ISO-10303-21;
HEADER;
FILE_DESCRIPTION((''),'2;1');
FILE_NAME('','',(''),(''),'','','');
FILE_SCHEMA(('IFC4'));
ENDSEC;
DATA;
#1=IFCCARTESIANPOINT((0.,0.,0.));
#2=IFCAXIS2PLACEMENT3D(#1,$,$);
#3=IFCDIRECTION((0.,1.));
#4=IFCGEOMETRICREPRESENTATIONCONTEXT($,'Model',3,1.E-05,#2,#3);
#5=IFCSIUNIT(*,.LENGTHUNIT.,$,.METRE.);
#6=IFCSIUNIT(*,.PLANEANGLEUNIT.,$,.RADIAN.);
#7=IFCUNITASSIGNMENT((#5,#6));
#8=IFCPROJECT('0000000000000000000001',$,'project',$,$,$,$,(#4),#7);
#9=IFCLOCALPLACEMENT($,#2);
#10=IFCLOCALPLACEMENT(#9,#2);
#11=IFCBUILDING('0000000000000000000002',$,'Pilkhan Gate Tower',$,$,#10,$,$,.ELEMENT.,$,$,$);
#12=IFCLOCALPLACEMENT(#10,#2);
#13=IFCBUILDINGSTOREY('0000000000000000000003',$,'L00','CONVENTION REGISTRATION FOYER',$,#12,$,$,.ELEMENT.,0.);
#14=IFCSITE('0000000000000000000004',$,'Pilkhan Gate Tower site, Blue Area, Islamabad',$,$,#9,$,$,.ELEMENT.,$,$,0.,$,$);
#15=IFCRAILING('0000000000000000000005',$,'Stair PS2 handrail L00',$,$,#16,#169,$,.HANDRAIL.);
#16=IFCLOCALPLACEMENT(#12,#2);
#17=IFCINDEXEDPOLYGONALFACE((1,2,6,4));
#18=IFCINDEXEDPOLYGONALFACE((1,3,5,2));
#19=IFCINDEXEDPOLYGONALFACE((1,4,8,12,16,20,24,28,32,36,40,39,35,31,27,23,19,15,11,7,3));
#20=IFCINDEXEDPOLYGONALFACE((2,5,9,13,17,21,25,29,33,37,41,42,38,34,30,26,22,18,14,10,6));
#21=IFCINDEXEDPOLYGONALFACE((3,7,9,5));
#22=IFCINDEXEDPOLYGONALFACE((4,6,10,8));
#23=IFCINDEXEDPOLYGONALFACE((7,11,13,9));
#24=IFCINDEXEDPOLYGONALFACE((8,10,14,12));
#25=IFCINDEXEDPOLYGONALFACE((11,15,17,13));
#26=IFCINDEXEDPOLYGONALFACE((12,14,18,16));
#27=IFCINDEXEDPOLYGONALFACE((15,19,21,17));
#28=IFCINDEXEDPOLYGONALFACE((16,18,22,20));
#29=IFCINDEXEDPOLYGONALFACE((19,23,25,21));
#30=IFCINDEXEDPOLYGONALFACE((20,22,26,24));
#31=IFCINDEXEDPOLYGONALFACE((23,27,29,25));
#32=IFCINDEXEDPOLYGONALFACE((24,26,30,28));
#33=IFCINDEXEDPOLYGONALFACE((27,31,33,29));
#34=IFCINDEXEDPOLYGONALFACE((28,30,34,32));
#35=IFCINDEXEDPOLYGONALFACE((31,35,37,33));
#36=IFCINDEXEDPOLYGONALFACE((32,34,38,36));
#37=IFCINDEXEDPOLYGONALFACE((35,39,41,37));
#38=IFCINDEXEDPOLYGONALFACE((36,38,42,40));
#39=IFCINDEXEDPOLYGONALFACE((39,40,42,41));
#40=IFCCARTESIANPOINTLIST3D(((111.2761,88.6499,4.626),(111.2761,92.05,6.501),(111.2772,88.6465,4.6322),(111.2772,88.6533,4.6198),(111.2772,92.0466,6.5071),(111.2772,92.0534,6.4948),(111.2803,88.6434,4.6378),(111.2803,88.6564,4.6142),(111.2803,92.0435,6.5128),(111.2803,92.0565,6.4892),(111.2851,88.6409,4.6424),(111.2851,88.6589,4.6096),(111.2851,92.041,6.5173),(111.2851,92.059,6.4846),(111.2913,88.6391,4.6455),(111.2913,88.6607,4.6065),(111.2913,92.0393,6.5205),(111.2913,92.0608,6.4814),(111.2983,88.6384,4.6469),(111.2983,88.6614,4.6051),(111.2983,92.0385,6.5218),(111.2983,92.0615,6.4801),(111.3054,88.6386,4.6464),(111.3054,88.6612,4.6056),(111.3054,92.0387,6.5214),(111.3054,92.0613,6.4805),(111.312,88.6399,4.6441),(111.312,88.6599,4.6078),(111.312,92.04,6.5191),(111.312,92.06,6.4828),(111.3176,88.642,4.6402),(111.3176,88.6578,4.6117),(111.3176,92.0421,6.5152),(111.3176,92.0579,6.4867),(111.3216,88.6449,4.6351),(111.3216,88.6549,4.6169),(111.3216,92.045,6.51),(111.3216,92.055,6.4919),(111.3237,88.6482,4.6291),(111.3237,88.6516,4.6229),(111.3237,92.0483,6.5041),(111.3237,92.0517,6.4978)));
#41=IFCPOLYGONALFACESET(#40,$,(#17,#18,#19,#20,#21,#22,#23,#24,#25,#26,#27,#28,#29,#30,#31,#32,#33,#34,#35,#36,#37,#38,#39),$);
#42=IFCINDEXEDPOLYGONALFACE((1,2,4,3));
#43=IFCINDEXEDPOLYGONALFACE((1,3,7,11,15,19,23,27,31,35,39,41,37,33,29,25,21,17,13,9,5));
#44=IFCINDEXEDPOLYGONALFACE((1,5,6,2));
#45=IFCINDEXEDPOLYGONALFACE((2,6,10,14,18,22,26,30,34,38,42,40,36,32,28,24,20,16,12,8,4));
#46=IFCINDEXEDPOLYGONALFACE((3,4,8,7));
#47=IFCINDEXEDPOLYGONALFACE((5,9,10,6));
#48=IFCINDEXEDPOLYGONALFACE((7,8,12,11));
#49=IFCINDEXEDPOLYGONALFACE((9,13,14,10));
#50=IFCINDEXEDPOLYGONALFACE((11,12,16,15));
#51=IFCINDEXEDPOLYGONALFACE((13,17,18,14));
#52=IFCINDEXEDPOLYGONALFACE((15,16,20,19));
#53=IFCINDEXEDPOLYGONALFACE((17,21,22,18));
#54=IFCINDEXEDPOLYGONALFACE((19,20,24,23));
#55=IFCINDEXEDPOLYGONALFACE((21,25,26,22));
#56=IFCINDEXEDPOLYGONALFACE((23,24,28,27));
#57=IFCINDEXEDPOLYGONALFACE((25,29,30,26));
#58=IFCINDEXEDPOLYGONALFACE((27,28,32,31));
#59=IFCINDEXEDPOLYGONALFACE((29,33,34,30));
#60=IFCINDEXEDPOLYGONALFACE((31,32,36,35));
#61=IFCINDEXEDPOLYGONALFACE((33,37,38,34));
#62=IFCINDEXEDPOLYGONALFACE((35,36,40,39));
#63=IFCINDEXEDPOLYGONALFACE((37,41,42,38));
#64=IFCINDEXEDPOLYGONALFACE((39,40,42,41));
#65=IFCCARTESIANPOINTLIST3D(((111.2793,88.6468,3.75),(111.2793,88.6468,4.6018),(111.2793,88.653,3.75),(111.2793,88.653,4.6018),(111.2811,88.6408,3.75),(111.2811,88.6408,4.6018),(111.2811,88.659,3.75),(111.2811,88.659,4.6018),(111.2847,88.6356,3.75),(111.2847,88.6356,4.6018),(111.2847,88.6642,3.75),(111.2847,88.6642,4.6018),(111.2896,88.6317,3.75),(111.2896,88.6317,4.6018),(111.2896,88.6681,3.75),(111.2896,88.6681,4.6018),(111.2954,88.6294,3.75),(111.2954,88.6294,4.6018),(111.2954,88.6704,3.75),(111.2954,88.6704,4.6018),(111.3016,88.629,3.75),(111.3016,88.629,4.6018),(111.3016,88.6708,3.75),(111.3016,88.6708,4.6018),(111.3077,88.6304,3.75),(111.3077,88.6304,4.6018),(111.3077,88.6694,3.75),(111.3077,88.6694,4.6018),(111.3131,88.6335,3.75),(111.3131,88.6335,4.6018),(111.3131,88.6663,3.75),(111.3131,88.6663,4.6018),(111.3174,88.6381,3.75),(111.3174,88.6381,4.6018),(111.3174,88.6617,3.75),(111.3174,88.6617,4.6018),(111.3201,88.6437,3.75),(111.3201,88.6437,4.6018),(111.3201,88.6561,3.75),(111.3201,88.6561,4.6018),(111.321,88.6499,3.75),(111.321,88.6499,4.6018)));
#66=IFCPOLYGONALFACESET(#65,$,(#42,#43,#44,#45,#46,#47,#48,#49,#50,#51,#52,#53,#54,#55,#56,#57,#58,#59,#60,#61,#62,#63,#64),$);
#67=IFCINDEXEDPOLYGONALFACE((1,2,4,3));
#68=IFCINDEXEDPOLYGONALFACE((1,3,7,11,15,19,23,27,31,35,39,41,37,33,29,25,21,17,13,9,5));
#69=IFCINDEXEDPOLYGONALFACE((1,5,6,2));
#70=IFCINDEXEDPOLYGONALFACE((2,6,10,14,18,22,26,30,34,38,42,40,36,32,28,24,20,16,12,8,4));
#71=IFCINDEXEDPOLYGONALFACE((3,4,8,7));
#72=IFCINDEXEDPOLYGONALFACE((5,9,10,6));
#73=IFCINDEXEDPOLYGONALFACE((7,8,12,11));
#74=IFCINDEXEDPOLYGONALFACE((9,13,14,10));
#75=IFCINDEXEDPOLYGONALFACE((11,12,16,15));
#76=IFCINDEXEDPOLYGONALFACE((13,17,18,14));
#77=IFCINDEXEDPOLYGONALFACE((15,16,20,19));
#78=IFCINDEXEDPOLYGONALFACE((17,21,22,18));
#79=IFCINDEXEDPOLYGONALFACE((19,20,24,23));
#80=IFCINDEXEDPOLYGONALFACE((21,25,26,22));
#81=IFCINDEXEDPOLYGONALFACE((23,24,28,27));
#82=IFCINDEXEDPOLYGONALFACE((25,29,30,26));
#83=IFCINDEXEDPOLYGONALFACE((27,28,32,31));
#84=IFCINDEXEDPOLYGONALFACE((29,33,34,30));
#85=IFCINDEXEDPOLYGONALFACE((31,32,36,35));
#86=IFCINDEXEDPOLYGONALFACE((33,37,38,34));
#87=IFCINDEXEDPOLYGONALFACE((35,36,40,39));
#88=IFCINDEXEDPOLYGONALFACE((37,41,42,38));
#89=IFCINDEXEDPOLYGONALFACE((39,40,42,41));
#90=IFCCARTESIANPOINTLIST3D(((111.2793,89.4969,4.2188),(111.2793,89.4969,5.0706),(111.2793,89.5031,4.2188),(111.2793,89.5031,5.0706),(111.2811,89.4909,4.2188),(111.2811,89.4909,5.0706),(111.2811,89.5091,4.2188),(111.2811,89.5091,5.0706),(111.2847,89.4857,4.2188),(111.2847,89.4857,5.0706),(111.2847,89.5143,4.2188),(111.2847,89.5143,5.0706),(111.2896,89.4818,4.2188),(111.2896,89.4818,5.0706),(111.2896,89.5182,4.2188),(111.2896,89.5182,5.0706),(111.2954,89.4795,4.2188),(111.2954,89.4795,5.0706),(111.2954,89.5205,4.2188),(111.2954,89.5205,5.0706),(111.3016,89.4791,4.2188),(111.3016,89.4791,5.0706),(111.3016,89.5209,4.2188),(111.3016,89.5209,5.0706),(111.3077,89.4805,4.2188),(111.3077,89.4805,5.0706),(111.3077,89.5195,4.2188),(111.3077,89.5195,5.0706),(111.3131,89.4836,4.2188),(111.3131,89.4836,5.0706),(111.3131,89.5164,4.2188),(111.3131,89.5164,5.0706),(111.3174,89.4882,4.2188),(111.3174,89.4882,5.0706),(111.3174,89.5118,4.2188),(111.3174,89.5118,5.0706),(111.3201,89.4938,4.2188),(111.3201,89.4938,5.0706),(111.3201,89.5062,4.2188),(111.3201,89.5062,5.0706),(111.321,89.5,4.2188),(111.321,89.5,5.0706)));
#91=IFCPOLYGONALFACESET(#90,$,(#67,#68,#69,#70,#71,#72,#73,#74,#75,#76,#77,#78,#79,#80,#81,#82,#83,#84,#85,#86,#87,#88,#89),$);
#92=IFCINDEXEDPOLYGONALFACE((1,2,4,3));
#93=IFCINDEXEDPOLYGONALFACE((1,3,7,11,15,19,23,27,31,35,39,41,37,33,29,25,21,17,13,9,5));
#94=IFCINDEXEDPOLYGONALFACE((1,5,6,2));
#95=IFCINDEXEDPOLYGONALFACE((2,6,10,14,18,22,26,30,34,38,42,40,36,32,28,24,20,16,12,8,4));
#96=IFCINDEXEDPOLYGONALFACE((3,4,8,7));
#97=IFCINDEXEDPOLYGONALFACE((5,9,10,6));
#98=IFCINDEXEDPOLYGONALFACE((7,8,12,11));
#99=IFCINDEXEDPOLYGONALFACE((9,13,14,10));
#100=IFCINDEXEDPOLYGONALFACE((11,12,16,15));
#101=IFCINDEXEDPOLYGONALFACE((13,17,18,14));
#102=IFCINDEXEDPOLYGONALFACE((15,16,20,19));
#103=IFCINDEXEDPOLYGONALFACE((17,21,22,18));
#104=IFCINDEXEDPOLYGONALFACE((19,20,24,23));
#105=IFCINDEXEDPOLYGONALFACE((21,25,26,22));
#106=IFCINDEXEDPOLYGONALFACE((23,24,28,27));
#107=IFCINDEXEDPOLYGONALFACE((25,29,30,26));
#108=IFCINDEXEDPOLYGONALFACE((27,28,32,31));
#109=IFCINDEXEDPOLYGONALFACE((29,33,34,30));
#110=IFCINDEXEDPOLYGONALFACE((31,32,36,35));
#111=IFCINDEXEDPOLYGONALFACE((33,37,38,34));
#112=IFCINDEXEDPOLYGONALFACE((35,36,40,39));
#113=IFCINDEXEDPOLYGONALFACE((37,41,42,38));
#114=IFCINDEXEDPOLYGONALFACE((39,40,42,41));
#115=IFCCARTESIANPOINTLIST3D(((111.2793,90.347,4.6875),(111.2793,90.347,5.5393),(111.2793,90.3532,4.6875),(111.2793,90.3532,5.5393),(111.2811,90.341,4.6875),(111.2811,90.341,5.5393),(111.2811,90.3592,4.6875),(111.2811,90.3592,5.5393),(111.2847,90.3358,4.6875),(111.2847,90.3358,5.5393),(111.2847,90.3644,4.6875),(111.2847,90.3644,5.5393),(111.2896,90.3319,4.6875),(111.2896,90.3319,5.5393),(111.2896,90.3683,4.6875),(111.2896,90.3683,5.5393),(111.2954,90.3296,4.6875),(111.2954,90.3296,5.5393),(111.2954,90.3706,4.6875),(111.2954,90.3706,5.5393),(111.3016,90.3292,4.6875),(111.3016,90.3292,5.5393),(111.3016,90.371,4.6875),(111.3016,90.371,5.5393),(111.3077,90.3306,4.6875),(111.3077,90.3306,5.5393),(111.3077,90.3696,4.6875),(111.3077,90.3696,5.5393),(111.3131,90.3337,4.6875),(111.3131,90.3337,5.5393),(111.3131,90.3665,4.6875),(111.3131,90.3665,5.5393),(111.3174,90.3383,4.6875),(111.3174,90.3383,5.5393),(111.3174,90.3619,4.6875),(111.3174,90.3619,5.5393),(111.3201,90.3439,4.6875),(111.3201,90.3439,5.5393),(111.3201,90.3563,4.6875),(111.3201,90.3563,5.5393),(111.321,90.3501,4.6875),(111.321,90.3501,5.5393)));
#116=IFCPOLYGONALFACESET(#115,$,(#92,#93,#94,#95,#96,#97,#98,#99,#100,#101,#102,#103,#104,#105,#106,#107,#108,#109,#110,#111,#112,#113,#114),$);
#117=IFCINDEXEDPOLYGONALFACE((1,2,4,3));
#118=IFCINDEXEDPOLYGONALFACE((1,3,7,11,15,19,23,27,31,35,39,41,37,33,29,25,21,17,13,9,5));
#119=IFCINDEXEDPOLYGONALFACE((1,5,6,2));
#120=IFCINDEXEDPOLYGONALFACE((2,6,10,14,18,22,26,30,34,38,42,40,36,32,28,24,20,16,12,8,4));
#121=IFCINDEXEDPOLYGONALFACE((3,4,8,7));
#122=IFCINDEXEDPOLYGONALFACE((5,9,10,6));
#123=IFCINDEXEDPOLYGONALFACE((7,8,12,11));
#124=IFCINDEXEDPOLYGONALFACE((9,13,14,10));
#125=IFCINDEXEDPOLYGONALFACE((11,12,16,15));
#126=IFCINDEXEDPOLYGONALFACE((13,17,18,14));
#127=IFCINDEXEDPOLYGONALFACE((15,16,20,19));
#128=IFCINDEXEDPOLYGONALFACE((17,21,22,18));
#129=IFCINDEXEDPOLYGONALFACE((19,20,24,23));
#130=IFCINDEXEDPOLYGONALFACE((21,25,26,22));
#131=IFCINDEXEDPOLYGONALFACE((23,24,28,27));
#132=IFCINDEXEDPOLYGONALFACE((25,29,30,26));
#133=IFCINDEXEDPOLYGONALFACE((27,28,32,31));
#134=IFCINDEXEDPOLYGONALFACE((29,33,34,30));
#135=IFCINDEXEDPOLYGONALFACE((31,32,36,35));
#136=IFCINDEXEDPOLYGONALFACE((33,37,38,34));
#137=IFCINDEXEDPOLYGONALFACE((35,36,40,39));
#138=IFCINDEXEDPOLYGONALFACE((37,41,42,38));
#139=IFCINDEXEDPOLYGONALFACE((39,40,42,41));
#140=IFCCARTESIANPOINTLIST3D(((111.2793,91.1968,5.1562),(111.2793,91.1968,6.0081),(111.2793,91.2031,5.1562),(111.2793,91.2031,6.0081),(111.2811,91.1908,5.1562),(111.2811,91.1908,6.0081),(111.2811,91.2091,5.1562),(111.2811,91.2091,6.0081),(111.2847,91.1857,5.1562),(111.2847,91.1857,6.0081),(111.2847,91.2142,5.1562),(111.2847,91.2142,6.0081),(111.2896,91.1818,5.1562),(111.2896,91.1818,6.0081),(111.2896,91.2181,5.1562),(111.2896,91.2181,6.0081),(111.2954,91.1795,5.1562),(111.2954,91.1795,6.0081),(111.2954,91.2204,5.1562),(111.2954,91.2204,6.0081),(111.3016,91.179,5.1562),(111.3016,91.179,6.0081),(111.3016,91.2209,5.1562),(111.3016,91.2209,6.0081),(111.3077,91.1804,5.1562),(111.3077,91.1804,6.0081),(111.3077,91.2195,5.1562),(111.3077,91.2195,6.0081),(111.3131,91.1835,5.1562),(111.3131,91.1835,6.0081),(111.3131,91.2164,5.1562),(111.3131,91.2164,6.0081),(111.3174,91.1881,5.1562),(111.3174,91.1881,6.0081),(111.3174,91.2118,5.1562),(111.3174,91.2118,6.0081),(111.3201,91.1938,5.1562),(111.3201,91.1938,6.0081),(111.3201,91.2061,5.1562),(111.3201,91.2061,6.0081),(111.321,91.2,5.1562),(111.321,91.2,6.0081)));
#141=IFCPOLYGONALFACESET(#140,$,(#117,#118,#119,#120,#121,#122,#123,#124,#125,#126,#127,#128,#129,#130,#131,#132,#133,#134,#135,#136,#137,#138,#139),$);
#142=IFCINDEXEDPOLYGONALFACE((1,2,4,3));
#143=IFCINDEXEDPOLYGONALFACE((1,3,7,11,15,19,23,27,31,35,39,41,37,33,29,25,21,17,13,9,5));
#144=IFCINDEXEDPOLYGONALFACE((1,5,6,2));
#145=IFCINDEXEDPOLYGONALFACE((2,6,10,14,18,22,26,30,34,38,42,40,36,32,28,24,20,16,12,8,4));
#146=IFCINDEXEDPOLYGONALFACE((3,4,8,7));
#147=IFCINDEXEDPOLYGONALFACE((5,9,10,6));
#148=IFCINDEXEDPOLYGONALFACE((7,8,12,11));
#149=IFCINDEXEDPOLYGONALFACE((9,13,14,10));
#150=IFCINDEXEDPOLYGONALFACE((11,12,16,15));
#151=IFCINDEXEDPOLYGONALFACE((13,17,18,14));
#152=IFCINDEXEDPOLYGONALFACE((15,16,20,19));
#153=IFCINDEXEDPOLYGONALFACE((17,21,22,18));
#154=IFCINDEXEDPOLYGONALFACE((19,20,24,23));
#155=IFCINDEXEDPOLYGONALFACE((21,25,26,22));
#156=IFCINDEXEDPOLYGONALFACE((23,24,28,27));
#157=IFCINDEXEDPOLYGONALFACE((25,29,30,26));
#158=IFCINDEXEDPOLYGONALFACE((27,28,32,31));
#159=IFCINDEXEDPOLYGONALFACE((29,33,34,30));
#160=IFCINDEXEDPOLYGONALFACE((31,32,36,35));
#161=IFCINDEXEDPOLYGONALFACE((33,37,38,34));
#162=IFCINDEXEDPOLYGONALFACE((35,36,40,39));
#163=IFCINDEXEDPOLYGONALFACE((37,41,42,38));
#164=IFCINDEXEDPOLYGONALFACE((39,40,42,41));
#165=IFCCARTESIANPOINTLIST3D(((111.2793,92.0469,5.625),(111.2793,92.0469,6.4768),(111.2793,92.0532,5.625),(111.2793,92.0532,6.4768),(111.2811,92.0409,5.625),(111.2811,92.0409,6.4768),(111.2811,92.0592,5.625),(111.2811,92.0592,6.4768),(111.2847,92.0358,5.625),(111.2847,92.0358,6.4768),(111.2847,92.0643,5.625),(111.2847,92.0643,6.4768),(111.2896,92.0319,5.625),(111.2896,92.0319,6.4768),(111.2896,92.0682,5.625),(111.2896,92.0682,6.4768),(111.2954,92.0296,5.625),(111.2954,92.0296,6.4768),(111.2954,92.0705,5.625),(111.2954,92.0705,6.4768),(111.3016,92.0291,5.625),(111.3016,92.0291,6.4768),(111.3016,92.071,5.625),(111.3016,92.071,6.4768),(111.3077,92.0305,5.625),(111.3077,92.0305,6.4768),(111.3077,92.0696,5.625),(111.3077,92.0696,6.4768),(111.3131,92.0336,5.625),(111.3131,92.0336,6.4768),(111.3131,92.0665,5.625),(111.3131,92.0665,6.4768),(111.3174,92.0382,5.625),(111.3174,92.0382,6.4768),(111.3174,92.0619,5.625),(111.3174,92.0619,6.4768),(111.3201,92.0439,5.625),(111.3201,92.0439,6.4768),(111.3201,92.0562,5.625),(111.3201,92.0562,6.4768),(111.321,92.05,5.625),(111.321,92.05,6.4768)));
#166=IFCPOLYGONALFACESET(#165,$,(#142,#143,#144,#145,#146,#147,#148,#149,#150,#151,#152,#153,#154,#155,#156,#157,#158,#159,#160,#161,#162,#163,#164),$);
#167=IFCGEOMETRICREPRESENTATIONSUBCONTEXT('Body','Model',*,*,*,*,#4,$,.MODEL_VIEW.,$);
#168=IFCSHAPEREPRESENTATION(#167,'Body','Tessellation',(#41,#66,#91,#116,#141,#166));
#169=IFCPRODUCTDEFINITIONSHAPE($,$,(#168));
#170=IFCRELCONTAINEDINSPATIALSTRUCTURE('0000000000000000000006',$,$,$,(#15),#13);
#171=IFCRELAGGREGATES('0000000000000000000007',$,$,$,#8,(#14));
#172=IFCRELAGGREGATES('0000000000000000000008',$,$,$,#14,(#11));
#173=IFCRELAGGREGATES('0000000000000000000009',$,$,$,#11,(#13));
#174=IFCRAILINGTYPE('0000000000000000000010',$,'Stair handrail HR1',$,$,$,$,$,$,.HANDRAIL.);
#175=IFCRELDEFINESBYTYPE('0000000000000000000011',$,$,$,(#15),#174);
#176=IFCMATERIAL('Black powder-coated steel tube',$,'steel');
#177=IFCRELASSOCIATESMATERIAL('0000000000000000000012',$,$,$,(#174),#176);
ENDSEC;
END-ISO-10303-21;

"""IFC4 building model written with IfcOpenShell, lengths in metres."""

from ifc_helpers import new_model, si_unit, direction, frame, origin, origin_2d, place, context, subcontext, project, spatial, circle, extrude, material, type_object, element, save


model = new_model("IFC4")

# Units and contexts
model_context = context("Model", 3, precision=1e-05, world=origin(), true_north=direction((0.0, 1.0)))
body_context = subcontext(model_context, "Body", "Model", "MODEL_VIEW")
ifc_project = project(units=[si_unit("LENGTHUNIT", "METRE"), si_unit("PLANEANGLEUNIT", "RADIAN")], contexts=[model_context])

# Site, building, storey
site_placement = place(None, origin())
site = spatial("IfcSite", under=ifc_project, at=site_placement, Name="Pilkhan Gate Tower site, Blue Area, Islamabad", CompositionType="ELEMENT", RefElevation=0.0)
building_placement = place(site_placement, origin())
building = spatial("IfcBuilding", under=site, at=building_placement, Name="Pilkhan Gate Tower", CompositionType="ELEMENT")
storey_placement = place(building_placement, origin())
storey = spatial("IfcBuildingStorey", under=building, at=storey_placement, Name="L00", Description="CONVENTION REGISTRATION FOYER", CompositionType="ELEMENT", Elevation=0.0)

# Railing
ifc_material_1 = material(Name="Black powder-coated steel tube", Category="steel")
railing_type_1 = type_object("IfcRailingType", Name="Stair handrail HR1", PredefinedType="HANDRAIL", material=ifc_material_1)
for number, where, name in (
    (1, (111.3, 88.6499, 3.75), "Stair PS2 handrail L00"),
):
    element("IfcRailing", number, at=place(storey_placement, frame(where)), inside=storey, type_object=railing_type_1, Name=name, PredefinedType="HANDRAIL", context=body_context, shape_type="SweptSolid", body=[
        extrude(circle(Radius=0.0239, at=origin_2d()), frame((0.0, 0.0, 0.876), z_axis=(0.0, 0.87568, 0.482891), x_axis=(-1.0, 0.0, 0.0)), (0.0, 0.0, 1.0), 3.8828),
        extrude(circle(Radius=0.021, at=origin_2d()), origin(), (0.0, 0.0, 1.0), 0.8518),
        extrude(circle(Radius=0.021, at=origin_2d()), frame((0.0, 0.8501, 0.4688)), (0.0, 0.0, 1.0), 0.8518),
        extrude(circle(Radius=0.021, at=origin_2d()), frame((0.0, 1.7002, 0.9375)), (0.0, 0.0, 1.0), 0.8518),
        extrude(circle(Radius=0.021, at=origin_2d()), frame((0.0, 2.55, 1.4062)), (0.0, 0.0, 1.0), 0.8518),
        extrude(circle(Radius=0.021, at=origin_2d()), frame((0.0, 3.4001, 1.875)), (0.0, 0.0, 1.0), 0.8518),
    ])

save(model, "model.ifc")
